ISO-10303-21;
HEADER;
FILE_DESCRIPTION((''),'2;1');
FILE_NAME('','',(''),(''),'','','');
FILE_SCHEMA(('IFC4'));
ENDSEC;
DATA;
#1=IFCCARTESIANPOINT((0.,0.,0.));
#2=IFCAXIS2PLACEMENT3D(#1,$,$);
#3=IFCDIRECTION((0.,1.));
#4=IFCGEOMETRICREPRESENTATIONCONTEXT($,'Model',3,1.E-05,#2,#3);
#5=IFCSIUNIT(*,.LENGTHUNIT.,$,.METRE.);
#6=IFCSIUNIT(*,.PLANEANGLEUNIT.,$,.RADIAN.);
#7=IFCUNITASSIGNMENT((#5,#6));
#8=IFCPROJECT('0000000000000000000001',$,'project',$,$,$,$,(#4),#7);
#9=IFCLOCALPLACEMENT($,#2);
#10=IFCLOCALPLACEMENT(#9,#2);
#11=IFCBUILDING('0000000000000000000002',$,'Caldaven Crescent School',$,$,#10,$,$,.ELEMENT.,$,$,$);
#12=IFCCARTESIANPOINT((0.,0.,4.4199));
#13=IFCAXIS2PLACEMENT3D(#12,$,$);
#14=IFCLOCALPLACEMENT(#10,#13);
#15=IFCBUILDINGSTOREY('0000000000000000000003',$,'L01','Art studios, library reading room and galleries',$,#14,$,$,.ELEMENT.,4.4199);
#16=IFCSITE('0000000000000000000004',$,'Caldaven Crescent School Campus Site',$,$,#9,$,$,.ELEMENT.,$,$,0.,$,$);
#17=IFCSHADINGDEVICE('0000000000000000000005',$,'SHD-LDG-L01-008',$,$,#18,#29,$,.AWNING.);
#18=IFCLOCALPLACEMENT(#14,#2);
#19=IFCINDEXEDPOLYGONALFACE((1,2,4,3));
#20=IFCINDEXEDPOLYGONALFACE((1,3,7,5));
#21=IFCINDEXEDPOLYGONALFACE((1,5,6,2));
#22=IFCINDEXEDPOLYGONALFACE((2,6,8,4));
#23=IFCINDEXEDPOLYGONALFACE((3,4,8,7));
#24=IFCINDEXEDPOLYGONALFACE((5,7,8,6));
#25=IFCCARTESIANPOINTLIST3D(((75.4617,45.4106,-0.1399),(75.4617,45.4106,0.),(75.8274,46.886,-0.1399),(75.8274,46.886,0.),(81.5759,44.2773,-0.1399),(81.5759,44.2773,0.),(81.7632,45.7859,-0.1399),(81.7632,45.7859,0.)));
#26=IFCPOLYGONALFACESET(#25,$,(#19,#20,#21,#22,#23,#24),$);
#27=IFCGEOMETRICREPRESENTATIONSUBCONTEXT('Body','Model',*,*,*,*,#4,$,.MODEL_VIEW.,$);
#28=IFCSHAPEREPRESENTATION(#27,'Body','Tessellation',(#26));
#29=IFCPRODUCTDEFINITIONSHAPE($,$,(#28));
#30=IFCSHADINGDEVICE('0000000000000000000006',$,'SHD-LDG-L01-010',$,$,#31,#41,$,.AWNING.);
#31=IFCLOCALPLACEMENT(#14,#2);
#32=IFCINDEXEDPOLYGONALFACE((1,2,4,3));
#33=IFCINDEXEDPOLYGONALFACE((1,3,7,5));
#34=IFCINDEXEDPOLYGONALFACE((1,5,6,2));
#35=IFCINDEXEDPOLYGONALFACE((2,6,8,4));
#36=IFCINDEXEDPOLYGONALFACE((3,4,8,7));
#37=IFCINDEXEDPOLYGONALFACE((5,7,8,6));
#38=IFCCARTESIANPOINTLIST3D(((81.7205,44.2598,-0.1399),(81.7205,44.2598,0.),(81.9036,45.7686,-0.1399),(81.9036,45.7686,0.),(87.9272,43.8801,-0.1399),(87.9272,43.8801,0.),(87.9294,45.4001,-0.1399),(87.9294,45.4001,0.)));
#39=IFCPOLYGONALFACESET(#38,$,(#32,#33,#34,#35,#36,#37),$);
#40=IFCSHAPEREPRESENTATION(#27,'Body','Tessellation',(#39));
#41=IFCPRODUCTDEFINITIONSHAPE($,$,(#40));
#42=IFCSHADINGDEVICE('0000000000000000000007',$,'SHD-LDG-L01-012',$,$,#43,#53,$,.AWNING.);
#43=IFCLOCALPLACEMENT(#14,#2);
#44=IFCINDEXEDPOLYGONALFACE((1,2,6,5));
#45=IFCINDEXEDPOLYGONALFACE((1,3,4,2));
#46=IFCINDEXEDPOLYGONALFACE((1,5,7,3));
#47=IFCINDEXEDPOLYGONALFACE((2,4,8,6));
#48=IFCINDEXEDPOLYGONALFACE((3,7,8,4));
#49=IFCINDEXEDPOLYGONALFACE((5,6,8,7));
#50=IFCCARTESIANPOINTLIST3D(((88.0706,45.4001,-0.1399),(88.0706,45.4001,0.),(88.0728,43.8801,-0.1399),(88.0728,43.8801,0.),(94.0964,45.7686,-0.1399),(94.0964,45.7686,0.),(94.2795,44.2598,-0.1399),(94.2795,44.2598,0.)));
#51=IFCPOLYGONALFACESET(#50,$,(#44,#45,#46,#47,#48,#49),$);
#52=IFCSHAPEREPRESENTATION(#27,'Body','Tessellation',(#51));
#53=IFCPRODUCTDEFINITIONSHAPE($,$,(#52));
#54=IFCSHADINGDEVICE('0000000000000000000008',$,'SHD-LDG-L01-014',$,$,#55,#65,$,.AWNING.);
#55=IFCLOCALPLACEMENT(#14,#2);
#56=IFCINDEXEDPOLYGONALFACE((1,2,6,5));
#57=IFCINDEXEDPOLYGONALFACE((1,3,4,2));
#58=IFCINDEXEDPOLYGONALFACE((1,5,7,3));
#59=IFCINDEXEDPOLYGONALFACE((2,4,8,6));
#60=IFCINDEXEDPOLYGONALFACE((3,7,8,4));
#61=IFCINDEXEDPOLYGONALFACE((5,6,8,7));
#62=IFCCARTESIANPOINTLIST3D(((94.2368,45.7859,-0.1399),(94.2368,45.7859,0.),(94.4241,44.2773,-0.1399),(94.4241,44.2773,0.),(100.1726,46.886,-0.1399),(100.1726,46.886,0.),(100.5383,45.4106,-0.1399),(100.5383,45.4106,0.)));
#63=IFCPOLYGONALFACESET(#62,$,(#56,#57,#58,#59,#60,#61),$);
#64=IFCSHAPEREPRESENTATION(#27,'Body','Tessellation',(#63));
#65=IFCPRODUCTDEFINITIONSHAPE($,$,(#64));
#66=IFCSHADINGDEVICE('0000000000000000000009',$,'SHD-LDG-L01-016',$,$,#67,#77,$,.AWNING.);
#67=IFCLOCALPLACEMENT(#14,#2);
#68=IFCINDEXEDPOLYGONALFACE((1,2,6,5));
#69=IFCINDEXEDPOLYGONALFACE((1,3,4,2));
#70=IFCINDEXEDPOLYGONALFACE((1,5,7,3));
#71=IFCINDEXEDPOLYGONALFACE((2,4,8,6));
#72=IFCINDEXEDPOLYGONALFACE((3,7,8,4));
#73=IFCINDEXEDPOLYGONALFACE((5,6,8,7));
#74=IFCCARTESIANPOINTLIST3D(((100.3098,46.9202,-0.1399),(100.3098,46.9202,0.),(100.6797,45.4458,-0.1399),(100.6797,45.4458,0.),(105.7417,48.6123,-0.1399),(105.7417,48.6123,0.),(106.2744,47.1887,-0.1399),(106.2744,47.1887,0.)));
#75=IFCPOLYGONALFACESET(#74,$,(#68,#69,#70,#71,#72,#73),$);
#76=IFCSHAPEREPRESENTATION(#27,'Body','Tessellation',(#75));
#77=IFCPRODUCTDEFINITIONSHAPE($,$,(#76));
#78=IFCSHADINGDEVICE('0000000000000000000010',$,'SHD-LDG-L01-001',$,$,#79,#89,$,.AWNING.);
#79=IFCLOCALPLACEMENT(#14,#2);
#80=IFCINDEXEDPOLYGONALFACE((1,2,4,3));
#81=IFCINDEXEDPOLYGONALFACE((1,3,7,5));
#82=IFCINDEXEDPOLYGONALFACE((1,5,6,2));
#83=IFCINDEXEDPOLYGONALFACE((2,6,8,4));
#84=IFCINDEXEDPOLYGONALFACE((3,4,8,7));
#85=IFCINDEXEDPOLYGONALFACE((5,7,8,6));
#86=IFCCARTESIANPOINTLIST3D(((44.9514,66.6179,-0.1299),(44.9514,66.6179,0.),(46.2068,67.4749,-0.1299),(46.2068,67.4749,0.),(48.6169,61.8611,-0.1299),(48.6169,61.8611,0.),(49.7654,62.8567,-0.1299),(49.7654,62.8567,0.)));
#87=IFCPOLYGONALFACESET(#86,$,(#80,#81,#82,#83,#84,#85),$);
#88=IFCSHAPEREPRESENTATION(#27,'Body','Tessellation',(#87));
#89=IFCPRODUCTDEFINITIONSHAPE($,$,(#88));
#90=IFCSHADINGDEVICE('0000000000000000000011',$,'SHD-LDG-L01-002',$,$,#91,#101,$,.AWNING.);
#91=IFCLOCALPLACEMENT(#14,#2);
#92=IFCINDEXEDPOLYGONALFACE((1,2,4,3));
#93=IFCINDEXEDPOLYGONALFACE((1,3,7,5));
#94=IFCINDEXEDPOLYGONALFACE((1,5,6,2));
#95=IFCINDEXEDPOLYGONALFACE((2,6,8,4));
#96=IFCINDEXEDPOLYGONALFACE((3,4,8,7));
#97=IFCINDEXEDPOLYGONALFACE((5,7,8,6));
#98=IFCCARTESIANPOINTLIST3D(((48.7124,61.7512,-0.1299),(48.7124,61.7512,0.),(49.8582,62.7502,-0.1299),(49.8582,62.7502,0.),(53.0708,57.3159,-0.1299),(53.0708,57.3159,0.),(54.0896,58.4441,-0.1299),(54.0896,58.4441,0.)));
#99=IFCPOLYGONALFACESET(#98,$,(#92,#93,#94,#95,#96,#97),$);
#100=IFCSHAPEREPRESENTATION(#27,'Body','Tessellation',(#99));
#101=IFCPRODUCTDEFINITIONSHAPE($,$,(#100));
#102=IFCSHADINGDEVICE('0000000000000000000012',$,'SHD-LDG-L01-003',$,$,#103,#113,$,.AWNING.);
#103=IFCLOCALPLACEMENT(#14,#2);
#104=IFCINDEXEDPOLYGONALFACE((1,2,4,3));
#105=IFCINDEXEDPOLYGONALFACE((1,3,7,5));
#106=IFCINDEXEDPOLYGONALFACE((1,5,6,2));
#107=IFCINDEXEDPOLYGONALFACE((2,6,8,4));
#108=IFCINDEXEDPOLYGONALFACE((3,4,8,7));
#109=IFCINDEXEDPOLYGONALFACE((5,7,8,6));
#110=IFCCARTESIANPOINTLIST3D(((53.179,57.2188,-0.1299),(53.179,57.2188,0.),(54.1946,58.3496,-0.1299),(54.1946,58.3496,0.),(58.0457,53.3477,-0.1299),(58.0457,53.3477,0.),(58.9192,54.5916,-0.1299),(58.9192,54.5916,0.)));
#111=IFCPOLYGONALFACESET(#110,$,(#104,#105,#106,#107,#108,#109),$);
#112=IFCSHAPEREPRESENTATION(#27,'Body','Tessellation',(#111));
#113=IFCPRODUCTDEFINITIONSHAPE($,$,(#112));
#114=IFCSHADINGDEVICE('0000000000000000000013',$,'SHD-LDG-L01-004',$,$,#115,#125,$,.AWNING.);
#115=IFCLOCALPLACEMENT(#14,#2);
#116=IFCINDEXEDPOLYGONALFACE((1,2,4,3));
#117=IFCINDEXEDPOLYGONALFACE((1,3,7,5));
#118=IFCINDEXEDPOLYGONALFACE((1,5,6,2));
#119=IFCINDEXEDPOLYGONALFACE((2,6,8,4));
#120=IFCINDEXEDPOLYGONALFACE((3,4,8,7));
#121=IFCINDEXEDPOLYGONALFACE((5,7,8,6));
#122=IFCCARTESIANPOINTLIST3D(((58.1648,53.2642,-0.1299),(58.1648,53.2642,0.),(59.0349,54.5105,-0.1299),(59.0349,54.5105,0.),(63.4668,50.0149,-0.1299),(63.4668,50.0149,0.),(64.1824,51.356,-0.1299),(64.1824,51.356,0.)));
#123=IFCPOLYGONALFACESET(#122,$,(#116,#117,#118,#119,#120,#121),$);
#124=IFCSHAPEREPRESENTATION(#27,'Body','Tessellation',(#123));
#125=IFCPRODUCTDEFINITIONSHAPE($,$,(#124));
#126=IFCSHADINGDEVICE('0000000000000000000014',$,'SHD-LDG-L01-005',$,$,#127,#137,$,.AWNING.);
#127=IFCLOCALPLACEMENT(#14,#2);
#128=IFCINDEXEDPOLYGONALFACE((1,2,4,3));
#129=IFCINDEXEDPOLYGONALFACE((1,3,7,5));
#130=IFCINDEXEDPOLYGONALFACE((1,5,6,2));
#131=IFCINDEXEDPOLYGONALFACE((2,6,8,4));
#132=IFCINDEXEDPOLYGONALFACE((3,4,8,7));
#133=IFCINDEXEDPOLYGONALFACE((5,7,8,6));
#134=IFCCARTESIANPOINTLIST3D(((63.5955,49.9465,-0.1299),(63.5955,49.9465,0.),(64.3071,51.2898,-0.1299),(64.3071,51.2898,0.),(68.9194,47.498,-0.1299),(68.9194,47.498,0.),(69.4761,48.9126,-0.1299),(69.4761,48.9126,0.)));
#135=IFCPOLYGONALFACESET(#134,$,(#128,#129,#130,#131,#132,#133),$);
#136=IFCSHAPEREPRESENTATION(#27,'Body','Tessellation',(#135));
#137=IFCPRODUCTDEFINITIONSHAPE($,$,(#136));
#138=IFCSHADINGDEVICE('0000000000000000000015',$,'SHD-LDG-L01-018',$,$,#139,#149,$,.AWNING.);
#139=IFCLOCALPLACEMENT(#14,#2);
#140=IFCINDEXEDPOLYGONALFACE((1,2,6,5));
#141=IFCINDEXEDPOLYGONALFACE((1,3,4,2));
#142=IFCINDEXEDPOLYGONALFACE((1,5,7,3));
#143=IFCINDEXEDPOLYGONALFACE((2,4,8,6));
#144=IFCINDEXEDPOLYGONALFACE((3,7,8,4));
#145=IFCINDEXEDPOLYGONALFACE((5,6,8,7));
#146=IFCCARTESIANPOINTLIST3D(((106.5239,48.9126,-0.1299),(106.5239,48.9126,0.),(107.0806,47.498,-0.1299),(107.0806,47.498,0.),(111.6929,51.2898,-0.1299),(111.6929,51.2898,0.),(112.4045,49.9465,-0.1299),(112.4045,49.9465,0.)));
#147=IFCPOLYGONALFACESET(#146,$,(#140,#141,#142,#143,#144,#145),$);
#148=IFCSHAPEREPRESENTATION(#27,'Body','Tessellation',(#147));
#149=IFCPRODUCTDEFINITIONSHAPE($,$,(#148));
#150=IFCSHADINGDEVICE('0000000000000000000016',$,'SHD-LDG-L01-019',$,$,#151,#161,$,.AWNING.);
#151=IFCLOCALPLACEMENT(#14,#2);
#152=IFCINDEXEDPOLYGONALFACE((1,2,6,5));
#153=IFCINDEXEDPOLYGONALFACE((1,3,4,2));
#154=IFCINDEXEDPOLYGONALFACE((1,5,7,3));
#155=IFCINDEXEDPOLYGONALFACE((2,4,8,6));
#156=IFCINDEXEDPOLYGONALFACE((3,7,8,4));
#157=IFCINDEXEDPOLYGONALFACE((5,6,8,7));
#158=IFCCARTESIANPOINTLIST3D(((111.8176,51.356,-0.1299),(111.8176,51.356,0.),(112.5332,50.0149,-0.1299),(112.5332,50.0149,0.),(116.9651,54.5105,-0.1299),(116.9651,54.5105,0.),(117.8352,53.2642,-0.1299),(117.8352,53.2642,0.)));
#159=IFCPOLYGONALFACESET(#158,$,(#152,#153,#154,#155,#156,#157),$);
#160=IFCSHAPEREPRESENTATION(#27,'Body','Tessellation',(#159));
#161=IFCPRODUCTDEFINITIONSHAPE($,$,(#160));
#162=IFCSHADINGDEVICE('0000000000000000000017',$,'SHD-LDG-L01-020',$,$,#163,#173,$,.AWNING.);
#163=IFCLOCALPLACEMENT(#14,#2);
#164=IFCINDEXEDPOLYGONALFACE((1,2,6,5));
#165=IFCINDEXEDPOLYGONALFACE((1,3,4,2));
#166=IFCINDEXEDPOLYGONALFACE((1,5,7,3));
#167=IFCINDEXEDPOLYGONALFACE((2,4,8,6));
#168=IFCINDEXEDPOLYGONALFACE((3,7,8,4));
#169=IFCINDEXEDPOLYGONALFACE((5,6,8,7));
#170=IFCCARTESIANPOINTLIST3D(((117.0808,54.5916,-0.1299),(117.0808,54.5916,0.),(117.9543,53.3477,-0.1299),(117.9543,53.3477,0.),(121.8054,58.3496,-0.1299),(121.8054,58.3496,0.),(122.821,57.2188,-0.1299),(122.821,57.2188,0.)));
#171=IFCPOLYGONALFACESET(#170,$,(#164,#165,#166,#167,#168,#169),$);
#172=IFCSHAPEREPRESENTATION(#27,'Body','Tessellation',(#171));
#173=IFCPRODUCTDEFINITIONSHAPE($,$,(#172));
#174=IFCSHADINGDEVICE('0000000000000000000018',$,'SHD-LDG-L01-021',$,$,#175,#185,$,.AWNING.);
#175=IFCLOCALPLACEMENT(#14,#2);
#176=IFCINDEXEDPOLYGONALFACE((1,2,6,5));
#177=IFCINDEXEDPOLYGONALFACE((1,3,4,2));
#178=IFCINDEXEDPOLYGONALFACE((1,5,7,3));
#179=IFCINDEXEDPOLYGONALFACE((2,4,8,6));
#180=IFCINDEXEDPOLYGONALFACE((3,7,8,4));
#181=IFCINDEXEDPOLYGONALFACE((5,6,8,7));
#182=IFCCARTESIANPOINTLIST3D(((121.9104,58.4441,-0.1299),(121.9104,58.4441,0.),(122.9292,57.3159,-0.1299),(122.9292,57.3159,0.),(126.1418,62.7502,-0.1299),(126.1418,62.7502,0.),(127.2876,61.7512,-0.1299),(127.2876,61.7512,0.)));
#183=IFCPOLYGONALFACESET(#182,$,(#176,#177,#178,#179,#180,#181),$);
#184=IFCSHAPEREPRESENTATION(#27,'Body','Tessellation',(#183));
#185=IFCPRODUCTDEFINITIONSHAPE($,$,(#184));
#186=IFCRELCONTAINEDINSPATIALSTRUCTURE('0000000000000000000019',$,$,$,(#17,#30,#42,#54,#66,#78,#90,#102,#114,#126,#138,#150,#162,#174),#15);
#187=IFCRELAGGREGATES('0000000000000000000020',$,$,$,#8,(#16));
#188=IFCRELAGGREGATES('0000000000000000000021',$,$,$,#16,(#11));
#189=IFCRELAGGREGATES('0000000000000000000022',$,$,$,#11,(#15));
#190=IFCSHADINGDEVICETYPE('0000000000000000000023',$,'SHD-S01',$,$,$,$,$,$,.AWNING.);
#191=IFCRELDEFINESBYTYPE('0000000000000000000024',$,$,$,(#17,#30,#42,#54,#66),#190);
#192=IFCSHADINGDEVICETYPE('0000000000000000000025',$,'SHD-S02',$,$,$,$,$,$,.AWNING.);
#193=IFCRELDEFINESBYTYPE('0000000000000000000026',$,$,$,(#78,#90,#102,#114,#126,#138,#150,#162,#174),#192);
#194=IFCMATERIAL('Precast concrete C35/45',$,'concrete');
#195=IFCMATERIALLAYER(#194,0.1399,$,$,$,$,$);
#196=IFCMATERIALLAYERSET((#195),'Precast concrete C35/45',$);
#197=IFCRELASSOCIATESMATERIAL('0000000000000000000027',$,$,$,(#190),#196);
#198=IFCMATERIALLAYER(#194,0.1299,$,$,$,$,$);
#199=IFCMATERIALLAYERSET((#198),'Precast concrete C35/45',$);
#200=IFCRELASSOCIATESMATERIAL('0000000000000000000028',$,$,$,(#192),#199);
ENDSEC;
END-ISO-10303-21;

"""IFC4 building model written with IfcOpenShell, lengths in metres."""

from ifc_helpers import new_model, si_unit, direction, frame, origin, place, context, subcontext, project, spatial, polyline, outline, extrude, material, layer, layer_set, type_object, element, save


model = new_model("IFC4")

# Units and contexts
model_context = context("Model", 3, precision=1e-05, world=origin(), true_north=direction((0.0, 1.0)))
body_context = subcontext(model_context, "Body", "Model", "MODEL_VIEW")
ifc_project = project(units=[si_unit("LENGTHUNIT", "METRE"), si_unit("PLANEANGLEUNIT", "RADIAN")], contexts=[model_context])

# Site, building, storey
site_placement = place(None, origin())
site = spatial("IfcSite", under=ifc_project, at=site_placement, Name="Caldaven Crescent School Campus Site", CompositionType="ELEMENT", RefElevation=0.0)
building_placement = place(site_placement, origin())
building = spatial("IfcBuilding", under=site, at=building_placement, Name="Caldaven Crescent School", CompositionType="ELEMENT")
storey_placement = place(building_placement, frame((0.0, 0.0, 4.4199)))
storey = spatial("IfcBuildingStorey", under=building, at=storey_placement, Name="L01", Description="Art studios, library reading room and galleries", CompositionType="ELEMENT", Elevation=4.4199)

# Shading devices
ifc_material_1 = material(Name="Precast concrete C35/45", Category="concrete")
ifc_layer_1 = layer(ifc_material_1, 0.1399)
ifc_layer_set_1 = layer_set([ifc_layer_1], Name="Precast concrete C35/45")
shading_device_type_1 = type_object("IfcShadingDeviceType", Name="SHD-S01", PredefinedType="AWNING", material=ifc_layer_set_1)
shading_device_1_placement = place(storey_placement, frame((0.0, 0.0, -0.1399)))
element("IfcShadingDevice", 1, at=shading_device_1_placement, inside=storey, type_object=shading_device_type_1, Name="SHD-LDG-L01-008", PredefinedType="AWNING", context=body_context, shape_type="SweptSolid", body=[
    extrude(outline(polyline([(75.8274, 46.886), (81.7632, 45.7859), (81.5759, 44.2773), (75.4617, 45.4106), (75.8274, 46.886)])), origin(), (0.0, 0.0, 1.0), 0.1399),
])
shading_device_2_placement = place(storey_placement, frame((0.0, 0.0, -0.1399)))
element("IfcShadingDevice", 2, at=shading_device_2_placement, inside=storey, type_object=shading_device_type_1, Name="SHD-LDG-L01-010", PredefinedType="AWNING", context=body_context, shape_type="SweptSolid", body=[
    extrude(outline(polyline([(81.9036, 45.7686), (87.9294, 45.4001), (87.9272, 43.8801), (81.7205, 44.2598), (81.9036, 45.7686)])), origin(), (0.0, 0.0, 1.0), 0.1399),
])
shading_device_3_placement = place(storey_placement, frame((0.0, 0.0, -0.1399)))
element("IfcShadingDevice", 3, at=shading_device_3_placement, inside=storey, type_object=shading_device_type_1, Name="SHD-LDG-L01-012", PredefinedType="AWNING", context=body_context, shape_type="SweptSolid", body=[
    extrude(outline(polyline([(88.0706, 45.4001), (94.0964, 45.7686), (94.2795, 44.2598), (88.0728, 43.8801), (88.0706, 45.4001)])), origin(), (0.0, 0.0, 1.0), 0.1399),
])
shading_device_4_placement = place(storey_placement, frame((0.0, 0.0, -0.1399)))
element("IfcShadingDevice", 4, at=shading_device_4_placement, inside=storey, type_object=shading_device_type_1, Name="SHD-LDG-L01-014", PredefinedType="AWNING", context=body_context, shape_type="SweptSolid", body=[
    extrude(outline(polyline([(94.2368, 45.7859), (100.1726, 46.886), (100.5383, 45.4106), (94.4241, 44.2773), (94.2368, 45.7859)])), origin(), (0.0, 0.0, 1.0), 0.1399),
])
shading_device_5_placement = place(storey_placement, frame((0.0, 0.0, -0.1399)))
element("IfcShadingDevice", 5, at=shading_device_5_placement, inside=storey, type_object=shading_device_type_1, Name="SHD-LDG-L01-016", PredefinedType="AWNING", context=body_context, shape_type="SweptSolid", body=[
    extrude(outline(polyline([(100.3098, 46.9202), (105.7417, 48.6123), (106.2744, 47.1887), (100.6797, 45.4458), (100.3098, 46.9202)])), origin(), (0.0, 0.0, 1.0), 0.1399),
])
ifc_layer_2 = layer(ifc_material_1, 0.1299)
ifc_layer_set_2 = layer_set([ifc_layer_2], Name="Precast concrete C35/45")
shading_device_type_2 = type_object("IfcShadingDeviceType", Name="SHD-S02", PredefinedType="AWNING", material=ifc_layer_set_2)
shading_device_6_placement = place(storey_placement, frame((0.0, 0.0, -0.1299)))
element("IfcShadingDevice", 6, at=shading_device_6_placement, inside=storey, type_object=shading_device_type_2, Name="SHD-LDG-L01-001", PredefinedType="AWNING", context=body_context, shape_type="SweptSolid", body=[
    extrude(outline(polyline([(46.2068, 67.4749), (49.7654, 62.8567), (48.6169, 61.8611), (44.9514, 66.6179), (46.2068, 67.4749)])), origin(), (0.0, 0.0, 1.0), 0.1299),
])
shading_device_7_placement = place(storey_placement, frame((0.0, 0.0, -0.1299)))
element("IfcShadingDevice", 7, at=shading_device_7_placement, inside=storey, type_object=shading_device_type_2, Name="SHD-LDG-L01-002", PredefinedType="AWNING", context=body_context, shape_type="SweptSolid", body=[
    extrude(outline(polyline([(49.8582, 62.7502), (54.0896, 58.4441), (53.0708, 57.3159), (48.7124, 61.7512), (49.8582, 62.7502)])), origin(), (0.0, 0.0, 1.0), 0.1299),
])
shading_device_8_placement = place(storey_placement, frame((0.0, 0.0, -0.1299)))
element("IfcShadingDevice", 8, at=shading_device_8_placement, inside=storey, type_object=shading_device_type_2, Name="SHD-LDG-L01-003", PredefinedType="AWNING", context=body_context, shape_type="SweptSolid", body=[
    extrude(outline(polyline([(54.1946, 58.3496), (58.9192, 54.5916), (58.0457, 53.3477), (53.179, 57.2188), (54.1946, 58.3496)])), origin(), (0.0, 0.0, 1.0), 0.1299),
])
shading_device_9_placement = place(storey_placement, frame((0.0, 0.0, -0.1299)))
element("IfcShadingDevice", 9, at=shading_device_9_placement, inside=storey, type_object=shading_device_type_2, Name="SHD-LDG-L01-004", PredefinedType="AWNING", context=body_context, shape_type="SweptSolid", body=[
    extrude(outline(polyline([(59.0349, 54.5105), (64.1824, 51.356), (63.4668, 50.0149), (58.1648, 53.2642), (59.0349, 54.5105)])), origin(), (0.0, 0.0, 1.0), 0.1299),
])
shading_device_10_placement = place(storey_placement, frame((0.0, 0.0, -0.1299)))
element("IfcShadingDevice", 10, at=shading_device_10_placement, inside=storey, type_object=shading_device_type_2, Name="SHD-LDG-L01-005", PredefinedType="AWNING", context=body_context, shape_type="SweptSolid", body=[
    extrude(outline(polyline([(64.3071, 51.2898), (69.4761, 48.9126), (68.9194, 47.498), (63.5955, 49.9465), (64.3071, 51.2898)])), origin(), (0.0, 0.0, 1.0), 0.1299),
])
shading_device_11_placement = place(storey_placement, frame((0.0, 0.0, -0.1299)))
element("IfcShadingDevice", 11, at=shading_device_11_placement, inside=storey, type_object=shading_device_type_2, Name="SHD-LDG-L01-018", PredefinedType="AWNING", context=body_context, shape_type="SweptSolid", body=[
    extrude(outline(polyline([(106.5239, 48.9126), (111.6929, 51.2898), (112.4045, 49.9465), (107.0806, 47.498), (106.5239, 48.9126)])), origin(), (0.0, 0.0, 1.0), 0.1299),
])
shading_device_12_placement = place(storey_placement, frame((0.0, 0.0, -0.1299)))
element("IfcShadingDevice", 12, at=shading_device_12_placement, inside=storey, type_object=shading_device_type_2, Name="SHD-LDG-L01-019", PredefinedType="AWNING", context=body_context, shape_type="SweptSolid", body=[
    extrude(outline(polyline([(111.8176, 51.356), (116.9651, 54.5105), (117.8352, 53.2642), (112.5332, 50.0149), (111.8176, 51.356)])), origin(), (0.0, 0.0, 1.0), 0.1299),
])
shading_device_13_placement = place(storey_placement, frame((0.0, 0.0, -0.1299)))
element("IfcShadingDevice", 13, at=shading_device_13_placement, inside=storey, type_object=shading_device_type_2, Name="SHD-LDG-L01-020", PredefinedType="AWNING", context=body_context, shape_type="SweptSolid", body=[
    extrude(outline(polyline([(117.0808, 54.5916), (121.8054, 58.3496), (122.821, 57.2188), (117.9543, 53.3477), (117.0808, 54.5916)])), origin(), (0.0, 0.0, 1.0), 0.1299),
])
shading_device_14_placement = place(storey_placement, frame((0.0, 0.0, -0.1299)))
element("IfcShadingDevice", 14, at=shading_device_14_placement, inside=storey, type_object=shading_device_type_2, Name="SHD-LDG-L01-021", PredefinedType="AWNING", context=body_context, shape_type="SweptSolid", body=[
    extrude(outline(polyline([(121.9104, 58.4441), (126.1418, 62.7502), (127.2876, 61.7512), (122.9292, 57.3159), (121.9104, 58.4441)])), origin(), (0.0, 0.0, 1.0), 0.1299),
])

save(model, "model.ifc")
